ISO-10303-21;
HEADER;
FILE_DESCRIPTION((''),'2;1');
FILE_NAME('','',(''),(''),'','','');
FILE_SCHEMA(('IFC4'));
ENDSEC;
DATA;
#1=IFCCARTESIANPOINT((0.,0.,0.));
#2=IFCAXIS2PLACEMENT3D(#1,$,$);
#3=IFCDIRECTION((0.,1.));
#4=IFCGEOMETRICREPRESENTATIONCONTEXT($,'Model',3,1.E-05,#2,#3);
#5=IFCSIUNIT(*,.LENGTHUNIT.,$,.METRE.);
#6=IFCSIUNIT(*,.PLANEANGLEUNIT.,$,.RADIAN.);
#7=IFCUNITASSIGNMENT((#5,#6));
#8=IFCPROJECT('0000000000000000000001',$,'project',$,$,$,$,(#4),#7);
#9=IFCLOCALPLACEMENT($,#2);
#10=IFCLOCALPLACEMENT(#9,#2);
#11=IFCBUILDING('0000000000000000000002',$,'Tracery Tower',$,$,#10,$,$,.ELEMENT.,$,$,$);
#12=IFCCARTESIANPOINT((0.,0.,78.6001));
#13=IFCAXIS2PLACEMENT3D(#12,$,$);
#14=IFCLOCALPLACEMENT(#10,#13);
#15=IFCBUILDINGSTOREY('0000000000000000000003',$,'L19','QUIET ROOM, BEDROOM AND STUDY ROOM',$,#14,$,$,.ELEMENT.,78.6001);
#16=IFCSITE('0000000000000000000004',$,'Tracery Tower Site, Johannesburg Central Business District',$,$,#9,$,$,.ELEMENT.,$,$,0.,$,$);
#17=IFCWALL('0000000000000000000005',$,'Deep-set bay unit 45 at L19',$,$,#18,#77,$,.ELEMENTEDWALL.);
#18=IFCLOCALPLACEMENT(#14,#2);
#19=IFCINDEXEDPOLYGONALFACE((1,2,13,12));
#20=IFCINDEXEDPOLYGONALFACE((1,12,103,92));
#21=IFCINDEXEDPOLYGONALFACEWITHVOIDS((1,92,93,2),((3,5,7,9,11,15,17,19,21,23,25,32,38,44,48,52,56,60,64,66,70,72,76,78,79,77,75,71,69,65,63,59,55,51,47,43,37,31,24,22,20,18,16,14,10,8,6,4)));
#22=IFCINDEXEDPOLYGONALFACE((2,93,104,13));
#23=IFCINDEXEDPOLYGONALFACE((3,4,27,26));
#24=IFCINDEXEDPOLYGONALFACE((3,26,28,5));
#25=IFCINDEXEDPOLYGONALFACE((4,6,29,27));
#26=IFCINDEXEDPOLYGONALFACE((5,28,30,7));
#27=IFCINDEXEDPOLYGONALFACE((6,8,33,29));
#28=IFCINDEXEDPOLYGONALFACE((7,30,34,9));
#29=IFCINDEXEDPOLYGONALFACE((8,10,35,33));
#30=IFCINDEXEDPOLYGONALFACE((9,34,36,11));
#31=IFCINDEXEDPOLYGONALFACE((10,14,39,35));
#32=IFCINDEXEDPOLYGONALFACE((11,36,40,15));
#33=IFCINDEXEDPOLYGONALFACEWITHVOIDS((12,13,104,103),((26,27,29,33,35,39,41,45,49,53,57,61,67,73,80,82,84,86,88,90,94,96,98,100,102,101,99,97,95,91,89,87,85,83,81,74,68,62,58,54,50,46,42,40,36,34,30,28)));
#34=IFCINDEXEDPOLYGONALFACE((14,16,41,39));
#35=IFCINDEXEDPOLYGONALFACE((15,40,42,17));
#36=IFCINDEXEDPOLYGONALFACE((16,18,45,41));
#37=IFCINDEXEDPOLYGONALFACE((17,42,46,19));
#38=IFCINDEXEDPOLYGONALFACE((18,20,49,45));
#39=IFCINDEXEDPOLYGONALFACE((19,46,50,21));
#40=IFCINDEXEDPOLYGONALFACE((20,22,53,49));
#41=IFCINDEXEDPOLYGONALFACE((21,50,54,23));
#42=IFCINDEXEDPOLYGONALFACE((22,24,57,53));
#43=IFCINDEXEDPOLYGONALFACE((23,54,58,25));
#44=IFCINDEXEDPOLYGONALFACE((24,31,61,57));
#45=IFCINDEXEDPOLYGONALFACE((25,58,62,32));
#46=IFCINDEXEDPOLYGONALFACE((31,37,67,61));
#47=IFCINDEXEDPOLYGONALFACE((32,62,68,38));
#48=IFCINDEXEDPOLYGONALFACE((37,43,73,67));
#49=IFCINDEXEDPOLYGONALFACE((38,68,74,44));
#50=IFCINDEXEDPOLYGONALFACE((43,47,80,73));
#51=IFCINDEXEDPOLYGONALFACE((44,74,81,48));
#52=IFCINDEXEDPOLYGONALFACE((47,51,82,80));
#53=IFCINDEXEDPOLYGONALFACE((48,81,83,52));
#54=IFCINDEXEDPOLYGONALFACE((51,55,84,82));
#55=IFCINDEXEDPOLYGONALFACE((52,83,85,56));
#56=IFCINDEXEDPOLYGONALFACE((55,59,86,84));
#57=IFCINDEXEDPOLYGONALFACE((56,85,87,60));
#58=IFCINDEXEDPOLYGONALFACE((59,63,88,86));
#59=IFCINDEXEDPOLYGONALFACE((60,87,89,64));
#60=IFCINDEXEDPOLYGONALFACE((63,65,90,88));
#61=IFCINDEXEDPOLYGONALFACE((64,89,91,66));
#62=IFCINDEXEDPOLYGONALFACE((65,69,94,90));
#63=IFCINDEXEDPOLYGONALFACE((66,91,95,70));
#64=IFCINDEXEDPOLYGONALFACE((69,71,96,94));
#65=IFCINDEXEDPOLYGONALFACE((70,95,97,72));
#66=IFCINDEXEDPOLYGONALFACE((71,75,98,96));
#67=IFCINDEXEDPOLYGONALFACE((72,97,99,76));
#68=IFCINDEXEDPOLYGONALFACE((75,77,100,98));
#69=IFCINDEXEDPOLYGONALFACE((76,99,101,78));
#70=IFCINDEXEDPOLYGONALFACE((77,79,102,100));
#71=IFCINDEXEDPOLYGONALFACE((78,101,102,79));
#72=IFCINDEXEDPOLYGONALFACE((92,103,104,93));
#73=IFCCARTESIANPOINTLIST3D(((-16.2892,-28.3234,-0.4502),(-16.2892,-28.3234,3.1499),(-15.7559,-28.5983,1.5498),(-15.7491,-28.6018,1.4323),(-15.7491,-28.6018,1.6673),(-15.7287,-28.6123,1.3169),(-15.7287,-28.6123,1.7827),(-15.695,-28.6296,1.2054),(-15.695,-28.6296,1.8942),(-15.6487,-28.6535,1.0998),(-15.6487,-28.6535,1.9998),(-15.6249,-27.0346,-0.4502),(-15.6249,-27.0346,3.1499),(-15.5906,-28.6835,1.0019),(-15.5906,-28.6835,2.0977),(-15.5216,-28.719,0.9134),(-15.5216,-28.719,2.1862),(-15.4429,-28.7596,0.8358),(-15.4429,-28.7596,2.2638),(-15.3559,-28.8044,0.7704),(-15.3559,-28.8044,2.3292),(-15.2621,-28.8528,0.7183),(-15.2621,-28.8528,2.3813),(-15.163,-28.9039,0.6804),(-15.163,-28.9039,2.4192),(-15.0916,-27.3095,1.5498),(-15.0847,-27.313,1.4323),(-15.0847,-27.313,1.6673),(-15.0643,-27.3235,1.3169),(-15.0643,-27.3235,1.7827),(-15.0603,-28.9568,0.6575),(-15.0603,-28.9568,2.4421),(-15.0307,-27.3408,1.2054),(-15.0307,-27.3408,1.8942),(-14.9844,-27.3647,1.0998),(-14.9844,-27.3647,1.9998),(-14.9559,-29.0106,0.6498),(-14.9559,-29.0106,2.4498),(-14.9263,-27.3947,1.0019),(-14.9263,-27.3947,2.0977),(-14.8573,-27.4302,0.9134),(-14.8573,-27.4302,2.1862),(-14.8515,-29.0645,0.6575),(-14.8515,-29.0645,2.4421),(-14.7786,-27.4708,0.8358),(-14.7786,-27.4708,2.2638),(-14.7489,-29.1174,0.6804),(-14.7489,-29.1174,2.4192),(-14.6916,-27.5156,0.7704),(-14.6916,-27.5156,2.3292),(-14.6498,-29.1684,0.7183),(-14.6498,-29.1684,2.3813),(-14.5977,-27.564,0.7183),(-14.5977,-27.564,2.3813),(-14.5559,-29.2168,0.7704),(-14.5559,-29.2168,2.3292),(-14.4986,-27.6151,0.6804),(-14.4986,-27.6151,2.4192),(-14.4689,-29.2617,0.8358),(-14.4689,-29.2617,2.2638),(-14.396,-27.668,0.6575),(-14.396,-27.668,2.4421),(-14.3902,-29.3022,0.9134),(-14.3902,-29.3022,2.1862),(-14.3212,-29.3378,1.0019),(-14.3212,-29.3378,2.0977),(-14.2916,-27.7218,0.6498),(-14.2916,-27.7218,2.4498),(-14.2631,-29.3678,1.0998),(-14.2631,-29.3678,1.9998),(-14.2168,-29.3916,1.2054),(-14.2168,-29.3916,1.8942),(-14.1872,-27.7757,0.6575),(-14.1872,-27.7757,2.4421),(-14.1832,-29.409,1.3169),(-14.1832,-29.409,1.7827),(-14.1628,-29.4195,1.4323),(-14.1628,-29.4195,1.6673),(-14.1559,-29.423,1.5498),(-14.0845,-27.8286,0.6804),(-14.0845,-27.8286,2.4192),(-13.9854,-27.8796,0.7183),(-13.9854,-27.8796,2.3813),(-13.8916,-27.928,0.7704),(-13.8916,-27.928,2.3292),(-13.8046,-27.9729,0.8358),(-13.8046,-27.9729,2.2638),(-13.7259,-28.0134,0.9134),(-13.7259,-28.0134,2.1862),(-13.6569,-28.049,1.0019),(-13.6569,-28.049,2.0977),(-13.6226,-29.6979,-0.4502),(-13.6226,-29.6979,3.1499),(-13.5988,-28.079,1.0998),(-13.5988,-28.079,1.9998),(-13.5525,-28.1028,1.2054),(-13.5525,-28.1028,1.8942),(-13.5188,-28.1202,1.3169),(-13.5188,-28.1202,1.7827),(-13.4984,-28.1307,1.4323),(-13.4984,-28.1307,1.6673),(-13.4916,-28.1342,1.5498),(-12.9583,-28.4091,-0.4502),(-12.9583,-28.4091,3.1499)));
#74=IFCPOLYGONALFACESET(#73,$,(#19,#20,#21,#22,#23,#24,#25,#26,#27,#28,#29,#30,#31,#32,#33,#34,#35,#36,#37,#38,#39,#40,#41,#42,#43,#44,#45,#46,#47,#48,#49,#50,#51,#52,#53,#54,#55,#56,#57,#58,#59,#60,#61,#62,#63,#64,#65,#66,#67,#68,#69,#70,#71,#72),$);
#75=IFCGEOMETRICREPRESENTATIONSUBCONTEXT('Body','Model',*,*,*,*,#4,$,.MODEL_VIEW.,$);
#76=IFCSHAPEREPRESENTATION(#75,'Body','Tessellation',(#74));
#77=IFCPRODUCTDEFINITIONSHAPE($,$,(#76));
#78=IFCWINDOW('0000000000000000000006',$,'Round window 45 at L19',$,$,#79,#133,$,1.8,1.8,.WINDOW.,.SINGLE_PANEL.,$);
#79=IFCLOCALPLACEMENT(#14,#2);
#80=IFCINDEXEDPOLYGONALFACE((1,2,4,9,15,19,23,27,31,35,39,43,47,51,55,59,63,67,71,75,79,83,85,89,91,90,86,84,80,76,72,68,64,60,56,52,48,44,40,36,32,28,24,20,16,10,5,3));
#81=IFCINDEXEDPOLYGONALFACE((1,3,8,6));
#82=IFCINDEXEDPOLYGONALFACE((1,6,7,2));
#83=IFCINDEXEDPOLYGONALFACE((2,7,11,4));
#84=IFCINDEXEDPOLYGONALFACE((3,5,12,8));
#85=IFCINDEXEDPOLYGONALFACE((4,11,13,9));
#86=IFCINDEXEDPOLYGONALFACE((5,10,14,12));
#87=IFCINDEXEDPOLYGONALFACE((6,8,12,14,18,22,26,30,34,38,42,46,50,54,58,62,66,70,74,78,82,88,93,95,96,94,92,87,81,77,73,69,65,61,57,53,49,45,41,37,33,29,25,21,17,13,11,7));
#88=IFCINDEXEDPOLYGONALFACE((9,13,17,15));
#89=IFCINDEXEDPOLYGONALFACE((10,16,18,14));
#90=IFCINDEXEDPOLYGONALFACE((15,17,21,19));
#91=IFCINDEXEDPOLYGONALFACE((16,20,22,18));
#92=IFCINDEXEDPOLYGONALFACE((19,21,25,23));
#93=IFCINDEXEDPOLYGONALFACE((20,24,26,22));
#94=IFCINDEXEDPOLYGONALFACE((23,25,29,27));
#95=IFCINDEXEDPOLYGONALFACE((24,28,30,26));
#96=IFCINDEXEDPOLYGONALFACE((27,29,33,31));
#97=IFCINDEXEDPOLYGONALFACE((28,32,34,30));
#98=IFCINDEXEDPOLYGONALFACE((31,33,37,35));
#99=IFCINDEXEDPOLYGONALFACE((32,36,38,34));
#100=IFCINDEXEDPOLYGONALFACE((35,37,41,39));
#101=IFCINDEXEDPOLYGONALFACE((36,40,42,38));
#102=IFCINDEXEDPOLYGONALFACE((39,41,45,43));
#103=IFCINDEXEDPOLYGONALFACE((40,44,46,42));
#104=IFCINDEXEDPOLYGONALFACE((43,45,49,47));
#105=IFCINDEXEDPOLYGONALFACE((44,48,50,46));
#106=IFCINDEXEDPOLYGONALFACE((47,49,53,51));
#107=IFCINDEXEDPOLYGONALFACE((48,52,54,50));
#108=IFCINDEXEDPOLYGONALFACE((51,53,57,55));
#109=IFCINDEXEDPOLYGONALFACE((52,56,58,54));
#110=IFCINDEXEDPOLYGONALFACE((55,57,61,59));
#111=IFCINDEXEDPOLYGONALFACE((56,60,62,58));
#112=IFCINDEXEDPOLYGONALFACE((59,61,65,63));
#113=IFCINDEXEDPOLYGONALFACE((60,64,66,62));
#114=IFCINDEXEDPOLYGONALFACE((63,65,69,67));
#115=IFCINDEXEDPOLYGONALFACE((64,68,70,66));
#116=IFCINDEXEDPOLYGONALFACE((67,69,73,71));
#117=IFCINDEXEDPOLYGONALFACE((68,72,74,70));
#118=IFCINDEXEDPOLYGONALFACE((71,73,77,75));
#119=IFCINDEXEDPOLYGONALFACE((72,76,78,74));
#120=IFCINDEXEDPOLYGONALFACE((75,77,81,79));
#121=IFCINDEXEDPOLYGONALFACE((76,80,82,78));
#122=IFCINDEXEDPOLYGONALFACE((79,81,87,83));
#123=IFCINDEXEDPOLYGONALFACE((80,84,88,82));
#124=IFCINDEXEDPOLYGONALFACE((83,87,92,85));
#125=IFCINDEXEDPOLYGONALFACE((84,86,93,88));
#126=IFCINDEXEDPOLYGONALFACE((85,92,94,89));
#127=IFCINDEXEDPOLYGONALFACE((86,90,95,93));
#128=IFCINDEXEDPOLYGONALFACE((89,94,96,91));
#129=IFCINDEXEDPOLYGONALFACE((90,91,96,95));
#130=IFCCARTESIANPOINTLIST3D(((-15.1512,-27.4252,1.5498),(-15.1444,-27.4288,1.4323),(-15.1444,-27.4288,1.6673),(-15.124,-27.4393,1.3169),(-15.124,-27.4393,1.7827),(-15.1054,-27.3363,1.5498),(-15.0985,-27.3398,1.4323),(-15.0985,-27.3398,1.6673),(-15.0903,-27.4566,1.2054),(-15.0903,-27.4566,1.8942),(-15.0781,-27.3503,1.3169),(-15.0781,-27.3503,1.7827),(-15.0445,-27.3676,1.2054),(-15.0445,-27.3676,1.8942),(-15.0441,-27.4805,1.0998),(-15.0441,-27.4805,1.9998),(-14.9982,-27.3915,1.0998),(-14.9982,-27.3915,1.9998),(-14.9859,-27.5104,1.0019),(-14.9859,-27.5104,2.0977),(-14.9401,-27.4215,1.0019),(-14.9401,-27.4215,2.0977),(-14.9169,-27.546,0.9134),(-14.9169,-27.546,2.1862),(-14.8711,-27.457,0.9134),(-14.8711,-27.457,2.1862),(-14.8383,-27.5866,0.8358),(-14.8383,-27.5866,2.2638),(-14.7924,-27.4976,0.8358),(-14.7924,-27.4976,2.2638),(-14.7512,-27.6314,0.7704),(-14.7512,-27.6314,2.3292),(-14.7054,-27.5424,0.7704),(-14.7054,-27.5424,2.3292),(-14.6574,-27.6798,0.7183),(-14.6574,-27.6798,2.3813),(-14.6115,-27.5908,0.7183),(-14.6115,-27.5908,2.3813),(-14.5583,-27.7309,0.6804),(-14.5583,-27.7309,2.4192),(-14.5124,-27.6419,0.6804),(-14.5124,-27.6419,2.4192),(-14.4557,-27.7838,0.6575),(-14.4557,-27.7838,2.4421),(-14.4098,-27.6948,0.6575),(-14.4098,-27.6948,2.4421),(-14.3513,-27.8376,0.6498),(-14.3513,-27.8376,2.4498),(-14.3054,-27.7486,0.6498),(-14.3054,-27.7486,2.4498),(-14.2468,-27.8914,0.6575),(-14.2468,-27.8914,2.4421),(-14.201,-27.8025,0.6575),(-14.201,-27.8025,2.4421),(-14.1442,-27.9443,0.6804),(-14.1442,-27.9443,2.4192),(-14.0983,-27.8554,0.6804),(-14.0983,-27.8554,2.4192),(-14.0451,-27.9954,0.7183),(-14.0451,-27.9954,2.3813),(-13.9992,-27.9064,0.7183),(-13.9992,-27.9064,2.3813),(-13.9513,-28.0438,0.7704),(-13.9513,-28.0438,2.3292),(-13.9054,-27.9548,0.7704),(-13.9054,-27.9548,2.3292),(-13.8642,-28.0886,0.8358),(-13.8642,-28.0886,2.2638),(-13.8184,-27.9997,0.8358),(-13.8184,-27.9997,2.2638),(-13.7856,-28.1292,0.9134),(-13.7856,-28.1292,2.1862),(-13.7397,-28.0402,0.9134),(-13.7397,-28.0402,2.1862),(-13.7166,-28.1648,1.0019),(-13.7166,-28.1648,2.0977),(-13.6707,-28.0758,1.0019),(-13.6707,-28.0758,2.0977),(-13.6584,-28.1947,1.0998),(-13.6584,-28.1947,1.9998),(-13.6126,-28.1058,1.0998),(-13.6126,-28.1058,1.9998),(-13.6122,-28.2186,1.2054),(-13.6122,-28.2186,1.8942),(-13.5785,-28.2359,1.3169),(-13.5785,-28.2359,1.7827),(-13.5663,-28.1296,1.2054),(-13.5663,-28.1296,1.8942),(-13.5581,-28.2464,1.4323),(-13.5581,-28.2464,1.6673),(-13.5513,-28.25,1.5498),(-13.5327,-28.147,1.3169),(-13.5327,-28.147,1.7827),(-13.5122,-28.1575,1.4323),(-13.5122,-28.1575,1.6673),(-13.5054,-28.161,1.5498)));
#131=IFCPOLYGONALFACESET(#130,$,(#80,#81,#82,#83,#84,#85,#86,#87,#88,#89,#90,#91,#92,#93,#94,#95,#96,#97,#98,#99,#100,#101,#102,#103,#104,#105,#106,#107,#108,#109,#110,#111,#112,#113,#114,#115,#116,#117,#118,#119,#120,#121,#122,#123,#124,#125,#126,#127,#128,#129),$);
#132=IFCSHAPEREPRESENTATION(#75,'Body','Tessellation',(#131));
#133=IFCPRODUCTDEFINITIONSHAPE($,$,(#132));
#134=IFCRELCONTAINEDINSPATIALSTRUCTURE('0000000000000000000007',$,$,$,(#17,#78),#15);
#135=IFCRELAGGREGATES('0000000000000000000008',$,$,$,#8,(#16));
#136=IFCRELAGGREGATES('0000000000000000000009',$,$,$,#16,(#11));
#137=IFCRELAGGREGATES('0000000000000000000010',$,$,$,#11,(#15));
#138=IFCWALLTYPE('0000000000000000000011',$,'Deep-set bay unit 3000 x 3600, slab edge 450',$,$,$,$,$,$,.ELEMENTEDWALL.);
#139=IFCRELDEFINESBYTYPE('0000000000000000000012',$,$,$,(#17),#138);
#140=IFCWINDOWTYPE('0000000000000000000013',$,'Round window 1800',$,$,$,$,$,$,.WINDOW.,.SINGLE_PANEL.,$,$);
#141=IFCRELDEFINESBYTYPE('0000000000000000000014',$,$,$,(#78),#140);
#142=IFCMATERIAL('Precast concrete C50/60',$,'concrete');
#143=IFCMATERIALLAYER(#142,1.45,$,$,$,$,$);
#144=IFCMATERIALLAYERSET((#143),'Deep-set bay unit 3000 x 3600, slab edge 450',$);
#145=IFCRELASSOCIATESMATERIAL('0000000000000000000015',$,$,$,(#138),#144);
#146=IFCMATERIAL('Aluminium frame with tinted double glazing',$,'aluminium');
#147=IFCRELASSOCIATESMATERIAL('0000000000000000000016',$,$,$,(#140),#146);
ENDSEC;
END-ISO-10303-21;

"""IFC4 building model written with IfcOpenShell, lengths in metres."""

from ifc_helpers import new_model, si_unit, direction, frame, frame_2d, origin, origin_2d, place, context, subcontext, project, spatial, rectangle, circle, extrude, material, layer, layer_set, type_object, element, fill, save


model = new_model("IFC4")

# Units and contexts
model_context = context("Model", 3, precision=1e-05, world=origin(), true_north=direction((0.0, 1.0)))
body_context = subcontext(model_context, "Body", "Model", "MODEL_VIEW")
ifc_project = project(units=[si_unit("LENGTHUNIT", "METRE"), si_unit("PLANEANGLEUNIT", "RADIAN")], contexts=[model_context])

# Site, building, storey
site_placement = place(None, origin())
site = spatial("IfcSite", under=ifc_project, at=site_placement, Name="Tracery Tower Site, Johannesburg Central Business District", CompositionType="ELEMENT", RefElevation=0.0)
building_placement = place(site_placement, origin())
building = spatial("IfcBuilding", under=site, at=building_placement, Name="Tracery Tower", CompositionType="ELEMENT")
storey_placement = place(building_placement, frame((0.0, 0.0, 78.6001)))
storey = spatial("IfcBuildingStorey", under=building, at=storey_placement, Name="L19", Description="QUIET ROOM, BEDROOM AND STUDY ROOM", CompositionType="ELEMENT", Elevation=78.6001)

# Wall, opening, window
ifc_material_1 = material(Name="Precast concrete C50/60", Category="concrete")
ifc_layer_1 = layer(ifc_material_1, 1.45)
ifc_layer_set_1 = layer_set([ifc_layer_1], Name="Deep-set bay unit 3000 x 3600, slab edge 450")
wall_type_1 = type_object("IfcWallType", Name="Deep-set bay unit 3000 x 3600, slab edge 450", PredefinedType="ELEMENTEDWALL", material=ifc_layer_set_1)
ifc_material_2 = material(Name="Aluminium frame with tinted double glazing", Category="aluminium")
window_type = type_object("IfcWindowType", Name="Round window 1800", PartitioningType="SINGLE_PANEL", PredefinedType="WINDOW", material=ifc_material_2)
wall_1_placement = place(storey_placement, frame((-15.957, -27.679, -0.4502), z_axis=(0.0, 0.0, 1.0), x_axis=(0.888858, -0.458183, 0.0)))
wall_1 = element("IfcWall", 1, at=wall_1_placement, inside=storey, type_object=wall_type_1, Name="Deep-set bay unit 45 at L19", PredefinedType="ELEMENTEDWALL", context=body_context, shape_type="SweptSolid", body=[
    extrude(rectangle(XDim=3.0, YDim=1.45, at=frame_2d((1.5, 0.0))), origin(), (0.0, 0.0, 1.0), 3.6001),
])
opening_1_placement = place(wall_1_placement, frame((1.5, 0.0, 2.0)))
opening_1 = element("IfcOpeningElement", 2, at=opening_1_placement, cuts=wall_1, PredefinedType="OPENING", context=body_context, shape_type="SweptSolid", body=[
    extrude(circle(Radius=0.9, at=origin_2d()), frame((0.0, 0.7349, 0.0), z_axis=(0.0, -1.0, 0.0), x_axis=(1.0, 0.0, 0.0)), (0.0, 0.0, 1.0), 1.47),
])
window_1_placement = place(opening_1_placement, origin())
window_1 = element("IfcWindow", 3, at=window_1_placement, inside=storey, type_object=window_type, Name="Round window 45 at L19", OverallHeight=1.8, OverallWidth=1.8, PartitioningType="SINGLE_PANEL", PredefinedType="WINDOW", context=body_context, shape_type="SweptSolid", body=[
    extrude(circle(Radius=0.9, at=origin_2d()), frame((0.0, 0.6948, 0.0), z_axis=(0.0, -1.0, 0.0), x_axis=(1.0, 0.0, 0.0)), (0.0, 0.0, 1.0), 0.1001),
])
fill(opening_1, window_1)

save(model, "model.ifc")
